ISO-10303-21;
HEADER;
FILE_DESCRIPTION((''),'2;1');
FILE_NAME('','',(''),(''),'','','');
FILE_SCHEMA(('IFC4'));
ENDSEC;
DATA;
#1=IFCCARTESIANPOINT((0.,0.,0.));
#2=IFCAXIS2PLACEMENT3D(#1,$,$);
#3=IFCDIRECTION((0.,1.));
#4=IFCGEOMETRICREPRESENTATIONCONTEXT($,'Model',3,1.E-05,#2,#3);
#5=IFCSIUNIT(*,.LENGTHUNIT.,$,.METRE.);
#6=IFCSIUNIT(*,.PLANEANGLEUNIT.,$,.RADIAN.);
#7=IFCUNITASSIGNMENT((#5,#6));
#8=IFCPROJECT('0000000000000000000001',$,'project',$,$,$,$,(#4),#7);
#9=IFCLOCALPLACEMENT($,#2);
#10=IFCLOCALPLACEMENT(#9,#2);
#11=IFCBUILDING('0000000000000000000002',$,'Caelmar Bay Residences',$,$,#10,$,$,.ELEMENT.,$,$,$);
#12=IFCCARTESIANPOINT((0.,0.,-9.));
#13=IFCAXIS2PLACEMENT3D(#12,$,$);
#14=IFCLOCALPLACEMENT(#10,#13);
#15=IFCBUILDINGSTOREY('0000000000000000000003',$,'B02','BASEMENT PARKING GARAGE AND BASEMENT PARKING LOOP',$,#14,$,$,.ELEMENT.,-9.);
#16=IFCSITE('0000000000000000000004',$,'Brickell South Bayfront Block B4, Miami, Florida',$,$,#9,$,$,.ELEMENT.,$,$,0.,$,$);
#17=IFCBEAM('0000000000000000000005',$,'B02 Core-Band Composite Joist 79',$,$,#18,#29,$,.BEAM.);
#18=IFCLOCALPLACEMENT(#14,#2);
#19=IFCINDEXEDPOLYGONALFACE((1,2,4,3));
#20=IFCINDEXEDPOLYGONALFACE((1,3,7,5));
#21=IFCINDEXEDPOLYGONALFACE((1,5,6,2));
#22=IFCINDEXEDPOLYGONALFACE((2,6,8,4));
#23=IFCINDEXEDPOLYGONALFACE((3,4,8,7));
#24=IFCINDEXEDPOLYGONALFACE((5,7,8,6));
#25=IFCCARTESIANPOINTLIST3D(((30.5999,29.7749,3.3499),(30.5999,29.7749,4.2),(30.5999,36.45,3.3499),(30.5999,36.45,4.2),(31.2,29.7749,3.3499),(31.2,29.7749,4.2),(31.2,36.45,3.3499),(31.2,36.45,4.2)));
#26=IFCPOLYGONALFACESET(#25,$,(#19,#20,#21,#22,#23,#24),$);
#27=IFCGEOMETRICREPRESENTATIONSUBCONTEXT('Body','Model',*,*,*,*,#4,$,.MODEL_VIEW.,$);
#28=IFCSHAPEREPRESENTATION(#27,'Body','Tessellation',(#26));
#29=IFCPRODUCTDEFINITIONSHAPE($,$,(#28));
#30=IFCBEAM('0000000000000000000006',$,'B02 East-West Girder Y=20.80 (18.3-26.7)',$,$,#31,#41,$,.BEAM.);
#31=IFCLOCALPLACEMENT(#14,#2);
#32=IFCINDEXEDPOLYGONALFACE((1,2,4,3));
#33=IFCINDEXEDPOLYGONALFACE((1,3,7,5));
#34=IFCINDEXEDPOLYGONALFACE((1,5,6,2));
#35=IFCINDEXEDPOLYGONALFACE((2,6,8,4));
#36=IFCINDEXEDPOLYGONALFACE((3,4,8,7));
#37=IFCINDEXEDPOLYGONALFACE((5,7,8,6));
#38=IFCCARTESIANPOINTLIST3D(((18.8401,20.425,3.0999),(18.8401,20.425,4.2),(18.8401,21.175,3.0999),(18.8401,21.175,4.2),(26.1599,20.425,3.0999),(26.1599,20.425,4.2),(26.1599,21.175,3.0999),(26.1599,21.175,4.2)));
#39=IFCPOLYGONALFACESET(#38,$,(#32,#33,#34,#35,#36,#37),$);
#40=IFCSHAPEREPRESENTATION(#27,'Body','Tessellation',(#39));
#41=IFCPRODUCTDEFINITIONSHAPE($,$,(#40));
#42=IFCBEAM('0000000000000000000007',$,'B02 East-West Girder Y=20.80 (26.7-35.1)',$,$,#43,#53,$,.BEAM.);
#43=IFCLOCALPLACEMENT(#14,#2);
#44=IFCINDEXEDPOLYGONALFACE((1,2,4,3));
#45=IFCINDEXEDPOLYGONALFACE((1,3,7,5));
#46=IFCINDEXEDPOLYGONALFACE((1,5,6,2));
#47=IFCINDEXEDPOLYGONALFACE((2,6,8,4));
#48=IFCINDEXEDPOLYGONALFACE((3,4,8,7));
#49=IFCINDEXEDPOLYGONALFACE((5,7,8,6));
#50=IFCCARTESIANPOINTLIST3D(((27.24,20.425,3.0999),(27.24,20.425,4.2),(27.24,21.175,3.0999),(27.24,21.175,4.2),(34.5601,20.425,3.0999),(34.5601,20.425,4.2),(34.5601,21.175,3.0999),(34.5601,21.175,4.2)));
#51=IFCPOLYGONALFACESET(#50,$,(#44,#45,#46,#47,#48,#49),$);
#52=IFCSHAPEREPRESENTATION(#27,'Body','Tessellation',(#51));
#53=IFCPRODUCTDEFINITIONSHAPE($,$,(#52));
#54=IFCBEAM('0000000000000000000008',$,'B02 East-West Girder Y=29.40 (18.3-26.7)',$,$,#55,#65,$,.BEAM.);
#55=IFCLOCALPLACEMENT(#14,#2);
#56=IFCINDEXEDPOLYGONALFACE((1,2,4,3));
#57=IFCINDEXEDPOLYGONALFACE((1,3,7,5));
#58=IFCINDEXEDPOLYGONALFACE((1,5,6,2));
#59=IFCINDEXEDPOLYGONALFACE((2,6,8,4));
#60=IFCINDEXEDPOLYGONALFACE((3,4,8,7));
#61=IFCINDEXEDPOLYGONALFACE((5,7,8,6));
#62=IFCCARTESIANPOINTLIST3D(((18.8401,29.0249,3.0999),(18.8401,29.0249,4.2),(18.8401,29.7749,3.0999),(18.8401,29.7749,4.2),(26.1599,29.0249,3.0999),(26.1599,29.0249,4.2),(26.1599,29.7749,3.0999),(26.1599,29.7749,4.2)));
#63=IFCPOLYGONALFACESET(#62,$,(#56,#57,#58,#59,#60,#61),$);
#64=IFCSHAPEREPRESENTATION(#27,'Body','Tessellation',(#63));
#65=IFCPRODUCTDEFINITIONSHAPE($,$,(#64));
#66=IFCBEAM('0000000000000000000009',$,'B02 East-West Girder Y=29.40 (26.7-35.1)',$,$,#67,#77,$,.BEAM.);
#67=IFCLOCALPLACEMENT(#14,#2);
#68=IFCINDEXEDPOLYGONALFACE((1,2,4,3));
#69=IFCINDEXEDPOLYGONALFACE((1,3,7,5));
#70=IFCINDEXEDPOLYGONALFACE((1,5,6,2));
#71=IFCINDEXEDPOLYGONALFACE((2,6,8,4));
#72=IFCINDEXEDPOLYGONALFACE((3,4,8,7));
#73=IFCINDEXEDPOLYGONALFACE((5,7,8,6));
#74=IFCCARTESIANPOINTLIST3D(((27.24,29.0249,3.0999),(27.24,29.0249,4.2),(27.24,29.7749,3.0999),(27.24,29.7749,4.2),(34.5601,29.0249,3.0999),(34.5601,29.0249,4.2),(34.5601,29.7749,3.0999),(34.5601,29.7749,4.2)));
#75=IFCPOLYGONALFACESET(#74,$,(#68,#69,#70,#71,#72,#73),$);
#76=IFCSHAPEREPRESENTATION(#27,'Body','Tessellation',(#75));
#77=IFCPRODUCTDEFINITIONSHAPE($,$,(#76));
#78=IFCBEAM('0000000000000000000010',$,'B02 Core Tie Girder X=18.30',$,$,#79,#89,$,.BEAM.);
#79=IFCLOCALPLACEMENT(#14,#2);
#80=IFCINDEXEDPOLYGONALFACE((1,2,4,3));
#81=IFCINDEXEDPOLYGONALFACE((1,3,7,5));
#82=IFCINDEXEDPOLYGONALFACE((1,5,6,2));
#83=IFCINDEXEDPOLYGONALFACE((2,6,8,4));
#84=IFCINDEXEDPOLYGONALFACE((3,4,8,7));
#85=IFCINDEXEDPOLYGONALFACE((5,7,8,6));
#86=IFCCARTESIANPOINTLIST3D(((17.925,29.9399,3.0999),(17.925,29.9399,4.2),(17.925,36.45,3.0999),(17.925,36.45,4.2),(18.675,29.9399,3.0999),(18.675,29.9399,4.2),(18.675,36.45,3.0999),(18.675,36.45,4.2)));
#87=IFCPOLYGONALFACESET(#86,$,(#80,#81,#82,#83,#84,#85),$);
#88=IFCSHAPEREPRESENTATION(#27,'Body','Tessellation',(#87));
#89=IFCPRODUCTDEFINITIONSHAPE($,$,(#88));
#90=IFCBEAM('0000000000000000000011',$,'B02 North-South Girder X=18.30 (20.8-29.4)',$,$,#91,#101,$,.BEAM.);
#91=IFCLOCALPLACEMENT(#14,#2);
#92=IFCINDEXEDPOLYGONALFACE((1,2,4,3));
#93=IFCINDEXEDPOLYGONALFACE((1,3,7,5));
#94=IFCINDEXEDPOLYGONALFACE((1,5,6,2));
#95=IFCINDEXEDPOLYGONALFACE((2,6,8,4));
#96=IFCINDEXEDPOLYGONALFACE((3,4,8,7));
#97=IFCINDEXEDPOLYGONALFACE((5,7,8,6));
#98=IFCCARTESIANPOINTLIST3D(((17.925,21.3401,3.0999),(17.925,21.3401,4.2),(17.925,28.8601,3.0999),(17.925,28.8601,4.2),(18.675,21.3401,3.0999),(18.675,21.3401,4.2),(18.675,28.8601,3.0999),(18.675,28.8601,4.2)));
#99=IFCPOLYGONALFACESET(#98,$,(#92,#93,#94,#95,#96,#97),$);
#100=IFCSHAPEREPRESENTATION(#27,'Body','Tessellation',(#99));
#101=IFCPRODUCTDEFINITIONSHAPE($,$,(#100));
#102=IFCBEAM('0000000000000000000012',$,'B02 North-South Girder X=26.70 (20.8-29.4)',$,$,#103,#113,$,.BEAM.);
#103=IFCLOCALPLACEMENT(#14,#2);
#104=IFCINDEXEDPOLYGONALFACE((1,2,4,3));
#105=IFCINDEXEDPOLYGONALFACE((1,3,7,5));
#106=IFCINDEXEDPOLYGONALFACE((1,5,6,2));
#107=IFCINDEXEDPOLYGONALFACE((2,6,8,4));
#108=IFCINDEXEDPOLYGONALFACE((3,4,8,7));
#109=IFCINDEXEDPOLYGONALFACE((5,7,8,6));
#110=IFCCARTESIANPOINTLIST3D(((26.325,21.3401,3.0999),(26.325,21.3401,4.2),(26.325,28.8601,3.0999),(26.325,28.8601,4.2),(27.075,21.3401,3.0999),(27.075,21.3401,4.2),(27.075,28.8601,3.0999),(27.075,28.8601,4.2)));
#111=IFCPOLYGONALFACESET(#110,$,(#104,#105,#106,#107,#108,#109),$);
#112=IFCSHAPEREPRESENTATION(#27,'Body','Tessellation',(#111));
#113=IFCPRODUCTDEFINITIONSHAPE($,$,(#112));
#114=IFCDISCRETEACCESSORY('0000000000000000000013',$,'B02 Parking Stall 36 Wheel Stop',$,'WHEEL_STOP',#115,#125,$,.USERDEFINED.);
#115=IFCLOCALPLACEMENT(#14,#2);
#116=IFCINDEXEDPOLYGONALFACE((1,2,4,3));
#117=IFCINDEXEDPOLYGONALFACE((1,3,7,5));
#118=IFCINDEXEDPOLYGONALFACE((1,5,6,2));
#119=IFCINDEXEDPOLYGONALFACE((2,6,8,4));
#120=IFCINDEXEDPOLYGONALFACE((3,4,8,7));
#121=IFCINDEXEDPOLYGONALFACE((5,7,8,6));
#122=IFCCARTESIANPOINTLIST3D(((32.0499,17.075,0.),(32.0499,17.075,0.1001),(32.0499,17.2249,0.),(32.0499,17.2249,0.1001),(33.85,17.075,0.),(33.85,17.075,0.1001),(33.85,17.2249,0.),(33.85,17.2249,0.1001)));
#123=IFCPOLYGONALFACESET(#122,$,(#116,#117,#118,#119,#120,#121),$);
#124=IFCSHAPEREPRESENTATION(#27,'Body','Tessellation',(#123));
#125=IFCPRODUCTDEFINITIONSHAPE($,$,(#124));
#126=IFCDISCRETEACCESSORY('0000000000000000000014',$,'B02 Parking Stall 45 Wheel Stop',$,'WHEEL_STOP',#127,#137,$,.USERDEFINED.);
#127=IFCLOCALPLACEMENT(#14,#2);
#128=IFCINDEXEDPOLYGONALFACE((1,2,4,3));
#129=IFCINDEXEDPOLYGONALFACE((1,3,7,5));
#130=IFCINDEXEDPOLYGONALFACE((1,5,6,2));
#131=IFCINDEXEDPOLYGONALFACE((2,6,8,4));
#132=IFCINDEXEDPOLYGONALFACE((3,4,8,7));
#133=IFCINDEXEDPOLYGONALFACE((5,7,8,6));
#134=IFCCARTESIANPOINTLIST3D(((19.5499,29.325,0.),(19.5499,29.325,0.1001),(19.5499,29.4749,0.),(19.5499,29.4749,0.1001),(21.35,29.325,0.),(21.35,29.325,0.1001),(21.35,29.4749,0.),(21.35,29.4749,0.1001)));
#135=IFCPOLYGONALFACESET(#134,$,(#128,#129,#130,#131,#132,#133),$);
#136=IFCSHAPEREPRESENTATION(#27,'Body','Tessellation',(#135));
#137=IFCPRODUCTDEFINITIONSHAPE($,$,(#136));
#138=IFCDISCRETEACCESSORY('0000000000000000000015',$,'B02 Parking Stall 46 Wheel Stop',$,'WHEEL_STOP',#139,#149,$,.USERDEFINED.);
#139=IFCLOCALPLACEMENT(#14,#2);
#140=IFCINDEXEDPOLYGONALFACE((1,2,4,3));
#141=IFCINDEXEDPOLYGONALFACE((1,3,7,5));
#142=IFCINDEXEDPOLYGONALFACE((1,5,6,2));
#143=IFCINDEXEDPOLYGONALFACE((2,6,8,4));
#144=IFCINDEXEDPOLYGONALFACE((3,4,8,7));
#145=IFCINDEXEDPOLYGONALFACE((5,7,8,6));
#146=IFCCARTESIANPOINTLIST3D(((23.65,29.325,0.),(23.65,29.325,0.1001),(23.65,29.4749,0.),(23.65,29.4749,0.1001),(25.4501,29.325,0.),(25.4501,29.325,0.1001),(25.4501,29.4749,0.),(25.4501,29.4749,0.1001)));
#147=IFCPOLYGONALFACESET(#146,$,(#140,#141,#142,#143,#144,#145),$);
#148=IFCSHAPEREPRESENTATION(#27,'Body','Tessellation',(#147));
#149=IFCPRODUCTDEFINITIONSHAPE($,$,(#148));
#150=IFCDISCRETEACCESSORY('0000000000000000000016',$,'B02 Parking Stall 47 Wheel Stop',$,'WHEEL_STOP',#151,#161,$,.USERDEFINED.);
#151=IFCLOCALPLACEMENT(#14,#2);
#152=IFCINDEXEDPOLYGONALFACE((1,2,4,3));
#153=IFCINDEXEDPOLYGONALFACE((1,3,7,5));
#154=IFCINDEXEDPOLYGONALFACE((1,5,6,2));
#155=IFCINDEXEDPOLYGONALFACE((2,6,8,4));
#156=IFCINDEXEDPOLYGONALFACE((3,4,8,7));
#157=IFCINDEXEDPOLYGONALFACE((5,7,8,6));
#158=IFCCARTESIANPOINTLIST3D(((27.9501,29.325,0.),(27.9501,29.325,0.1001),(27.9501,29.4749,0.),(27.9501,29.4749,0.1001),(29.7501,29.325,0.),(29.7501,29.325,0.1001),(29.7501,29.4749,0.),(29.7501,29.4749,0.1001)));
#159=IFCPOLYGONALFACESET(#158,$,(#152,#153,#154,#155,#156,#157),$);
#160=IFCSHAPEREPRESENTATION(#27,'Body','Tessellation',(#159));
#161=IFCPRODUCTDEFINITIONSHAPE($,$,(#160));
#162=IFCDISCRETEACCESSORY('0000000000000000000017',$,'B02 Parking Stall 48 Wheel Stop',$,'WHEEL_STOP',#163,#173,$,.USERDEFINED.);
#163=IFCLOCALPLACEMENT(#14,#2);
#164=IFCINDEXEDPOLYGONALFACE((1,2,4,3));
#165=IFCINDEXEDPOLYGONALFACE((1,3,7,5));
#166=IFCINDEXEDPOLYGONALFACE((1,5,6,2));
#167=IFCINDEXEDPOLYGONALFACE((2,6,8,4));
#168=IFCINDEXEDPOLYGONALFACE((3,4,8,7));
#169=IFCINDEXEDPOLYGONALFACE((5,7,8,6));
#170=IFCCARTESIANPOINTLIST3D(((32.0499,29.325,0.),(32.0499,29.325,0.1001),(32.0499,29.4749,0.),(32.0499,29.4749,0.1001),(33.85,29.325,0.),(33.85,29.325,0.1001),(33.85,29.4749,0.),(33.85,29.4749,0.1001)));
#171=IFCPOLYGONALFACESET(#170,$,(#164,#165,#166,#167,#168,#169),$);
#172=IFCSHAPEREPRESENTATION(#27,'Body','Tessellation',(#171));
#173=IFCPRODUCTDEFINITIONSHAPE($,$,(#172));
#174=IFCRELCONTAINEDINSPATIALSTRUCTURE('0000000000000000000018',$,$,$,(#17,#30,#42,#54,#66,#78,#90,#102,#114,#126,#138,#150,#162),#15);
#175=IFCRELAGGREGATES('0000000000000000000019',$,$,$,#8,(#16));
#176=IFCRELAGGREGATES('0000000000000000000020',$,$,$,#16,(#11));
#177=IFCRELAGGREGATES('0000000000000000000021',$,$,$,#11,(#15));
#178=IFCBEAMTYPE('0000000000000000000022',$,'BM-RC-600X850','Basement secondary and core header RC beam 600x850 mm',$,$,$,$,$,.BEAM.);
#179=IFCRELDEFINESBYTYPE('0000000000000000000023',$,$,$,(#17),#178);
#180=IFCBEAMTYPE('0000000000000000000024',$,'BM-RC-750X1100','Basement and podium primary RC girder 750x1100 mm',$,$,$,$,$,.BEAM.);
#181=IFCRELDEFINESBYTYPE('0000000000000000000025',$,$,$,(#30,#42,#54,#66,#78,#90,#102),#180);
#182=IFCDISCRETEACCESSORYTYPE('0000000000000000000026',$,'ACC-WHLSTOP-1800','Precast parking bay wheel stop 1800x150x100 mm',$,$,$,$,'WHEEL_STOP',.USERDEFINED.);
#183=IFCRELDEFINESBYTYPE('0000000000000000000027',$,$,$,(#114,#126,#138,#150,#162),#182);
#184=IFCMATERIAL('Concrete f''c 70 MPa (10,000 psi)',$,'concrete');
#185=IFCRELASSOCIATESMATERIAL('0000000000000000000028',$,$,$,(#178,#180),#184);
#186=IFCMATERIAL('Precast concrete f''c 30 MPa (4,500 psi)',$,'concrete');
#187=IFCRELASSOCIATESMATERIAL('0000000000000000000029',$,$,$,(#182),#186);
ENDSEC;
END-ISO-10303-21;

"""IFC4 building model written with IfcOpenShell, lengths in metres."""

from ifc_helpers import new_model, si_unit, direction, frame, origin, origin_2d, place, context, subcontext, project, spatial, rectangle, extrude, material, material_profile, profile_set, type_object, element, save


model = new_model("IFC4")

# Units and contexts
model_context = context("Model", 3, precision=1e-05, world=origin(), true_north=direction((0.0, 1.0)))
body_context = subcontext(model_context, "Body", "Model", "MODEL_VIEW")
ifc_project = project(units=[si_unit("LENGTHUNIT", "METRE"), si_unit("PLANEANGLEUNIT", "RADIAN")], contexts=[model_context])

# Site, building, storey
site_placement = place(None, origin())
site = spatial("IfcSite", under=ifc_project, at=site_placement, Name="Brickell South Bayfront Block B4, Miami, Florida", CompositionType="ELEMENT", RefElevation=0.0)
building_placement = place(site_placement, origin())
building = spatial("IfcBuilding", under=site, at=building_placement, Name="Caelmar Bay Residences", CompositionType="ELEMENT")
storey_placement = place(building_placement, frame((0.0, 0.0, -9.0)))
storey = spatial("IfcBuildingStorey", under=building, at=storey_placement, Name="B02", Description="BASEMENT PARKING GARAGE AND BASEMENT PARKING LOOP", CompositionType="ELEMENT", Elevation=-9.0)

# Shared definitions
ifc_material_1 = material(Name="Concrete f'c 70 MPa (10,000 psi)", Category="concrete")

# Beams
ifc_material_profile_1 = material_profile(ifc_material_1, rectangle(XDim=0.6001, YDim=0.8501, at=origin_2d()), Name="RC-BM-600X850")
ifc_profile_set_1 = profile_set([ifc_material_profile_1], Name="Concrete f'c 70 MPa (10,000 psi)")
beam_type_1 = type_object("IfcBeamType", Name="BM-RC-600X850", Description="Basement secondary and core header RC beam 600x850 mm", PredefinedType="BEAM", material=ifc_profile_set_1)
for number, where, z_axis, x_axis, name in (
    (1, (30.8999, 29.7749, 3.7749), (0.0, 1.0, 0.0), (-1.0, 0.0, 0.0), "B02 Core-Band Composite Joist 79"),
):
    element("IfcBeam", number, at=place(storey_placement, frame(where, z_axis=z_axis, x_axis=x_axis)), inside=storey, type_object=beam_type_1, Name=name, PredefinedType="BEAM", context=body_context, shape_type="SweptSolid", body=[
        extrude(rectangle(XDim=0.6001, YDim=0.8501, at=origin_2d()), origin(), (0.0, 0.0, 1.0), 6.675),
    ])
ifc_material_profile_2 = material_profile(ifc_material_1, rectangle(XDim=0.75, YDim=1.1001, at=origin_2d()), Name="RC-BM-750X1100")
ifc_profile_set_2 = profile_set([ifc_material_profile_2], Name="Concrete f'c 70 MPa (10,000 psi)")
beam_type_2 = type_object("IfcBeamType", Name="BM-RC-750X1100", Description="Basement and podium primary RC girder 750x1100 mm", PredefinedType="BEAM", material=ifc_profile_set_2)
beam_1_placement = place(storey_placement, frame((18.8401, 20.8, 3.6499), z_axis=(1.0, 0.0, 0.0), x_axis=(0.0, 1.0, 0.0)))
element("IfcBeam", 2, at=beam_1_placement, inside=storey, type_object=beam_type_2, Name="B02 East-West Girder Y=20.80 (18.3-26.7)", PredefinedType="BEAM", context=body_context, shape_type="SweptSolid", body=[
    extrude(rectangle(XDim=0.75, YDim=1.1001, at=origin_2d()), origin(), (0.0, 0.0, 1.0), 7.3198),
])
beam_2_placement = place(storey_placement, frame((27.24, 20.8, 3.6499), z_axis=(1.0, 0.0, 0.0), x_axis=(0.0, 1.0, 0.0)))
element("IfcBeam", 3, at=beam_2_placement, inside=storey, type_object=beam_type_2, Name="B02 East-West Girder Y=20.80 (26.7-35.1)", PredefinedType="BEAM", context=body_context, shape_type="SweptSolid", body=[
    extrude(rectangle(XDim=0.75, YDim=1.1001, at=origin_2d()), origin(), (0.0, 0.0, 1.0), 7.3201),
])
beam_3_placement = place(storey_placement, frame((18.8401, 29.3999, 3.6499), z_axis=(1.0, 0.0, 0.0), x_axis=(0.0, 1.0, 0.0)))
element("IfcBeam", 4, at=beam_3_placement, inside=storey, type_object=beam_type_2, Name="B02 East-West Girder Y=29.40 (18.3-26.7)", PredefinedType="BEAM", context=body_context, shape_type="SweptSolid", body=[
    extrude(rectangle(XDim=0.75, YDim=1.1001, at=origin_2d()), origin(), (0.0, 0.0, 1.0), 7.3198),
])
beam_4_placement = place(storey_placement, frame((27.24, 29.3999, 3.6499), z_axis=(1.0, 0.0, 0.0), x_axis=(0.0, 1.0, 0.0)))
element("IfcBeam", 5, at=beam_4_placement, inside=storey, type_object=beam_type_2, Name="B02 East-West Girder Y=29.40 (26.7-35.1)", PredefinedType="BEAM", context=body_context, shape_type="SweptSolid", body=[
    extrude(rectangle(XDim=0.75, YDim=1.1001, at=origin_2d()), origin(), (0.0, 0.0, 1.0), 7.3201),
])
beam_5_placement = place(storey_placement, frame((18.3, 29.9399, 3.6499), z_axis=(0.0, 1.0, 0.0), x_axis=(-1.0, 0.0, 0.0)))
element("IfcBeam", 6, at=beam_5_placement, inside=storey, type_object=beam_type_2, Name="B02 Core Tie Girder X=18.30", PredefinedType="BEAM", context=body_context, shape_type="SweptSolid", body=[
    extrude(rectangle(XDim=0.75, YDim=1.1001, at=origin_2d()), origin(), (0.0, 0.0, 1.0), 6.51),
])
for number, where, z_axis, x_axis, name in (
    (7, (18.3, 21.3401, 3.6499), (0.0, 1.0, 0.0), (-1.0, 0.0, 0.0), "B02 North-South Girder X=18.30 (20.8-29.4)"),
    (8, (26.7, 21.3401, 3.6499), (0.0, 1.0, 0.0), (-1.0, 0.0, 0.0), "B02 North-South Girder X=26.70 (20.8-29.4)"),
):
    element("IfcBeam", number, at=place(storey_placement, frame(where, z_axis=z_axis, x_axis=x_axis)), inside=storey, type_object=beam_type_2, Name=name, PredefinedType="BEAM", context=body_context, shape_type="SweptSolid", body=[
        extrude(rectangle(XDim=0.75, YDim=1.1001, at=origin_2d()), origin(), (0.0, 0.0, 1.0), 7.52),
    ])

# Discrete accessories
ifc_material_2 = material(Name="Precast concrete f'c 30 MPa (4,500 psi)", Category="concrete")
discrete_accessory_type = type_object("IfcDiscreteAccessoryType", Name="ACC-WHLSTOP-1800", Description="Precast parking bay wheel stop 1800x150x100 mm", ElementType="WHEEL_STOP", PredefinedType="USERDEFINED", material=ifc_material_2)
for number, where, z_axis, x_axis, name in (
    (9, (32.95, 17.1499, 0.0), (0.0, 0.0, 1.0), (1.0, 0.0, 0.0), "B02 Parking Stall 36 Wheel Stop"),
    (10, (20.45, 29.3999, 0.0), (0.0, 0.0, 1.0), (1.0, 0.0, 0.0), "B02 Parking Stall 45 Wheel Stop"),
    (11, (24.55, 29.3999, 0.0), (0.0, 0.0, 1.0), (1.0, 0.0, 0.0), "B02 Parking Stall 46 Wheel Stop"),
    (12, (28.8501, 29.3999, 0.0), (0.0, 0.0, 1.0), (1.0, 0.0, 0.0), "B02 Parking Stall 47 Wheel Stop"),
    (13, (32.95, 29.3999, 0.0), (0.0, 0.0, 1.0), (1.0, 0.0, 0.0), "B02 Parking Stall 48 Wheel Stop"),
):
    element("IfcDiscreteAccessory", number, at=place(storey_placement, frame(where, z_axis=z_axis, x_axis=x_axis)), inside=storey, type_object=discrete_accessory_type, Name=name, ObjectType="WHEEL_STOP", PredefinedType="USERDEFINED", context=body_context, shape_type="SweptSolid", body=[
        extrude(rectangle(XDim=1.8, YDim=0.1499, at=origin_2d()), origin(), (0.0, 0.0, 1.0), 0.1001),
    ])

save(model, "model.ifc")
